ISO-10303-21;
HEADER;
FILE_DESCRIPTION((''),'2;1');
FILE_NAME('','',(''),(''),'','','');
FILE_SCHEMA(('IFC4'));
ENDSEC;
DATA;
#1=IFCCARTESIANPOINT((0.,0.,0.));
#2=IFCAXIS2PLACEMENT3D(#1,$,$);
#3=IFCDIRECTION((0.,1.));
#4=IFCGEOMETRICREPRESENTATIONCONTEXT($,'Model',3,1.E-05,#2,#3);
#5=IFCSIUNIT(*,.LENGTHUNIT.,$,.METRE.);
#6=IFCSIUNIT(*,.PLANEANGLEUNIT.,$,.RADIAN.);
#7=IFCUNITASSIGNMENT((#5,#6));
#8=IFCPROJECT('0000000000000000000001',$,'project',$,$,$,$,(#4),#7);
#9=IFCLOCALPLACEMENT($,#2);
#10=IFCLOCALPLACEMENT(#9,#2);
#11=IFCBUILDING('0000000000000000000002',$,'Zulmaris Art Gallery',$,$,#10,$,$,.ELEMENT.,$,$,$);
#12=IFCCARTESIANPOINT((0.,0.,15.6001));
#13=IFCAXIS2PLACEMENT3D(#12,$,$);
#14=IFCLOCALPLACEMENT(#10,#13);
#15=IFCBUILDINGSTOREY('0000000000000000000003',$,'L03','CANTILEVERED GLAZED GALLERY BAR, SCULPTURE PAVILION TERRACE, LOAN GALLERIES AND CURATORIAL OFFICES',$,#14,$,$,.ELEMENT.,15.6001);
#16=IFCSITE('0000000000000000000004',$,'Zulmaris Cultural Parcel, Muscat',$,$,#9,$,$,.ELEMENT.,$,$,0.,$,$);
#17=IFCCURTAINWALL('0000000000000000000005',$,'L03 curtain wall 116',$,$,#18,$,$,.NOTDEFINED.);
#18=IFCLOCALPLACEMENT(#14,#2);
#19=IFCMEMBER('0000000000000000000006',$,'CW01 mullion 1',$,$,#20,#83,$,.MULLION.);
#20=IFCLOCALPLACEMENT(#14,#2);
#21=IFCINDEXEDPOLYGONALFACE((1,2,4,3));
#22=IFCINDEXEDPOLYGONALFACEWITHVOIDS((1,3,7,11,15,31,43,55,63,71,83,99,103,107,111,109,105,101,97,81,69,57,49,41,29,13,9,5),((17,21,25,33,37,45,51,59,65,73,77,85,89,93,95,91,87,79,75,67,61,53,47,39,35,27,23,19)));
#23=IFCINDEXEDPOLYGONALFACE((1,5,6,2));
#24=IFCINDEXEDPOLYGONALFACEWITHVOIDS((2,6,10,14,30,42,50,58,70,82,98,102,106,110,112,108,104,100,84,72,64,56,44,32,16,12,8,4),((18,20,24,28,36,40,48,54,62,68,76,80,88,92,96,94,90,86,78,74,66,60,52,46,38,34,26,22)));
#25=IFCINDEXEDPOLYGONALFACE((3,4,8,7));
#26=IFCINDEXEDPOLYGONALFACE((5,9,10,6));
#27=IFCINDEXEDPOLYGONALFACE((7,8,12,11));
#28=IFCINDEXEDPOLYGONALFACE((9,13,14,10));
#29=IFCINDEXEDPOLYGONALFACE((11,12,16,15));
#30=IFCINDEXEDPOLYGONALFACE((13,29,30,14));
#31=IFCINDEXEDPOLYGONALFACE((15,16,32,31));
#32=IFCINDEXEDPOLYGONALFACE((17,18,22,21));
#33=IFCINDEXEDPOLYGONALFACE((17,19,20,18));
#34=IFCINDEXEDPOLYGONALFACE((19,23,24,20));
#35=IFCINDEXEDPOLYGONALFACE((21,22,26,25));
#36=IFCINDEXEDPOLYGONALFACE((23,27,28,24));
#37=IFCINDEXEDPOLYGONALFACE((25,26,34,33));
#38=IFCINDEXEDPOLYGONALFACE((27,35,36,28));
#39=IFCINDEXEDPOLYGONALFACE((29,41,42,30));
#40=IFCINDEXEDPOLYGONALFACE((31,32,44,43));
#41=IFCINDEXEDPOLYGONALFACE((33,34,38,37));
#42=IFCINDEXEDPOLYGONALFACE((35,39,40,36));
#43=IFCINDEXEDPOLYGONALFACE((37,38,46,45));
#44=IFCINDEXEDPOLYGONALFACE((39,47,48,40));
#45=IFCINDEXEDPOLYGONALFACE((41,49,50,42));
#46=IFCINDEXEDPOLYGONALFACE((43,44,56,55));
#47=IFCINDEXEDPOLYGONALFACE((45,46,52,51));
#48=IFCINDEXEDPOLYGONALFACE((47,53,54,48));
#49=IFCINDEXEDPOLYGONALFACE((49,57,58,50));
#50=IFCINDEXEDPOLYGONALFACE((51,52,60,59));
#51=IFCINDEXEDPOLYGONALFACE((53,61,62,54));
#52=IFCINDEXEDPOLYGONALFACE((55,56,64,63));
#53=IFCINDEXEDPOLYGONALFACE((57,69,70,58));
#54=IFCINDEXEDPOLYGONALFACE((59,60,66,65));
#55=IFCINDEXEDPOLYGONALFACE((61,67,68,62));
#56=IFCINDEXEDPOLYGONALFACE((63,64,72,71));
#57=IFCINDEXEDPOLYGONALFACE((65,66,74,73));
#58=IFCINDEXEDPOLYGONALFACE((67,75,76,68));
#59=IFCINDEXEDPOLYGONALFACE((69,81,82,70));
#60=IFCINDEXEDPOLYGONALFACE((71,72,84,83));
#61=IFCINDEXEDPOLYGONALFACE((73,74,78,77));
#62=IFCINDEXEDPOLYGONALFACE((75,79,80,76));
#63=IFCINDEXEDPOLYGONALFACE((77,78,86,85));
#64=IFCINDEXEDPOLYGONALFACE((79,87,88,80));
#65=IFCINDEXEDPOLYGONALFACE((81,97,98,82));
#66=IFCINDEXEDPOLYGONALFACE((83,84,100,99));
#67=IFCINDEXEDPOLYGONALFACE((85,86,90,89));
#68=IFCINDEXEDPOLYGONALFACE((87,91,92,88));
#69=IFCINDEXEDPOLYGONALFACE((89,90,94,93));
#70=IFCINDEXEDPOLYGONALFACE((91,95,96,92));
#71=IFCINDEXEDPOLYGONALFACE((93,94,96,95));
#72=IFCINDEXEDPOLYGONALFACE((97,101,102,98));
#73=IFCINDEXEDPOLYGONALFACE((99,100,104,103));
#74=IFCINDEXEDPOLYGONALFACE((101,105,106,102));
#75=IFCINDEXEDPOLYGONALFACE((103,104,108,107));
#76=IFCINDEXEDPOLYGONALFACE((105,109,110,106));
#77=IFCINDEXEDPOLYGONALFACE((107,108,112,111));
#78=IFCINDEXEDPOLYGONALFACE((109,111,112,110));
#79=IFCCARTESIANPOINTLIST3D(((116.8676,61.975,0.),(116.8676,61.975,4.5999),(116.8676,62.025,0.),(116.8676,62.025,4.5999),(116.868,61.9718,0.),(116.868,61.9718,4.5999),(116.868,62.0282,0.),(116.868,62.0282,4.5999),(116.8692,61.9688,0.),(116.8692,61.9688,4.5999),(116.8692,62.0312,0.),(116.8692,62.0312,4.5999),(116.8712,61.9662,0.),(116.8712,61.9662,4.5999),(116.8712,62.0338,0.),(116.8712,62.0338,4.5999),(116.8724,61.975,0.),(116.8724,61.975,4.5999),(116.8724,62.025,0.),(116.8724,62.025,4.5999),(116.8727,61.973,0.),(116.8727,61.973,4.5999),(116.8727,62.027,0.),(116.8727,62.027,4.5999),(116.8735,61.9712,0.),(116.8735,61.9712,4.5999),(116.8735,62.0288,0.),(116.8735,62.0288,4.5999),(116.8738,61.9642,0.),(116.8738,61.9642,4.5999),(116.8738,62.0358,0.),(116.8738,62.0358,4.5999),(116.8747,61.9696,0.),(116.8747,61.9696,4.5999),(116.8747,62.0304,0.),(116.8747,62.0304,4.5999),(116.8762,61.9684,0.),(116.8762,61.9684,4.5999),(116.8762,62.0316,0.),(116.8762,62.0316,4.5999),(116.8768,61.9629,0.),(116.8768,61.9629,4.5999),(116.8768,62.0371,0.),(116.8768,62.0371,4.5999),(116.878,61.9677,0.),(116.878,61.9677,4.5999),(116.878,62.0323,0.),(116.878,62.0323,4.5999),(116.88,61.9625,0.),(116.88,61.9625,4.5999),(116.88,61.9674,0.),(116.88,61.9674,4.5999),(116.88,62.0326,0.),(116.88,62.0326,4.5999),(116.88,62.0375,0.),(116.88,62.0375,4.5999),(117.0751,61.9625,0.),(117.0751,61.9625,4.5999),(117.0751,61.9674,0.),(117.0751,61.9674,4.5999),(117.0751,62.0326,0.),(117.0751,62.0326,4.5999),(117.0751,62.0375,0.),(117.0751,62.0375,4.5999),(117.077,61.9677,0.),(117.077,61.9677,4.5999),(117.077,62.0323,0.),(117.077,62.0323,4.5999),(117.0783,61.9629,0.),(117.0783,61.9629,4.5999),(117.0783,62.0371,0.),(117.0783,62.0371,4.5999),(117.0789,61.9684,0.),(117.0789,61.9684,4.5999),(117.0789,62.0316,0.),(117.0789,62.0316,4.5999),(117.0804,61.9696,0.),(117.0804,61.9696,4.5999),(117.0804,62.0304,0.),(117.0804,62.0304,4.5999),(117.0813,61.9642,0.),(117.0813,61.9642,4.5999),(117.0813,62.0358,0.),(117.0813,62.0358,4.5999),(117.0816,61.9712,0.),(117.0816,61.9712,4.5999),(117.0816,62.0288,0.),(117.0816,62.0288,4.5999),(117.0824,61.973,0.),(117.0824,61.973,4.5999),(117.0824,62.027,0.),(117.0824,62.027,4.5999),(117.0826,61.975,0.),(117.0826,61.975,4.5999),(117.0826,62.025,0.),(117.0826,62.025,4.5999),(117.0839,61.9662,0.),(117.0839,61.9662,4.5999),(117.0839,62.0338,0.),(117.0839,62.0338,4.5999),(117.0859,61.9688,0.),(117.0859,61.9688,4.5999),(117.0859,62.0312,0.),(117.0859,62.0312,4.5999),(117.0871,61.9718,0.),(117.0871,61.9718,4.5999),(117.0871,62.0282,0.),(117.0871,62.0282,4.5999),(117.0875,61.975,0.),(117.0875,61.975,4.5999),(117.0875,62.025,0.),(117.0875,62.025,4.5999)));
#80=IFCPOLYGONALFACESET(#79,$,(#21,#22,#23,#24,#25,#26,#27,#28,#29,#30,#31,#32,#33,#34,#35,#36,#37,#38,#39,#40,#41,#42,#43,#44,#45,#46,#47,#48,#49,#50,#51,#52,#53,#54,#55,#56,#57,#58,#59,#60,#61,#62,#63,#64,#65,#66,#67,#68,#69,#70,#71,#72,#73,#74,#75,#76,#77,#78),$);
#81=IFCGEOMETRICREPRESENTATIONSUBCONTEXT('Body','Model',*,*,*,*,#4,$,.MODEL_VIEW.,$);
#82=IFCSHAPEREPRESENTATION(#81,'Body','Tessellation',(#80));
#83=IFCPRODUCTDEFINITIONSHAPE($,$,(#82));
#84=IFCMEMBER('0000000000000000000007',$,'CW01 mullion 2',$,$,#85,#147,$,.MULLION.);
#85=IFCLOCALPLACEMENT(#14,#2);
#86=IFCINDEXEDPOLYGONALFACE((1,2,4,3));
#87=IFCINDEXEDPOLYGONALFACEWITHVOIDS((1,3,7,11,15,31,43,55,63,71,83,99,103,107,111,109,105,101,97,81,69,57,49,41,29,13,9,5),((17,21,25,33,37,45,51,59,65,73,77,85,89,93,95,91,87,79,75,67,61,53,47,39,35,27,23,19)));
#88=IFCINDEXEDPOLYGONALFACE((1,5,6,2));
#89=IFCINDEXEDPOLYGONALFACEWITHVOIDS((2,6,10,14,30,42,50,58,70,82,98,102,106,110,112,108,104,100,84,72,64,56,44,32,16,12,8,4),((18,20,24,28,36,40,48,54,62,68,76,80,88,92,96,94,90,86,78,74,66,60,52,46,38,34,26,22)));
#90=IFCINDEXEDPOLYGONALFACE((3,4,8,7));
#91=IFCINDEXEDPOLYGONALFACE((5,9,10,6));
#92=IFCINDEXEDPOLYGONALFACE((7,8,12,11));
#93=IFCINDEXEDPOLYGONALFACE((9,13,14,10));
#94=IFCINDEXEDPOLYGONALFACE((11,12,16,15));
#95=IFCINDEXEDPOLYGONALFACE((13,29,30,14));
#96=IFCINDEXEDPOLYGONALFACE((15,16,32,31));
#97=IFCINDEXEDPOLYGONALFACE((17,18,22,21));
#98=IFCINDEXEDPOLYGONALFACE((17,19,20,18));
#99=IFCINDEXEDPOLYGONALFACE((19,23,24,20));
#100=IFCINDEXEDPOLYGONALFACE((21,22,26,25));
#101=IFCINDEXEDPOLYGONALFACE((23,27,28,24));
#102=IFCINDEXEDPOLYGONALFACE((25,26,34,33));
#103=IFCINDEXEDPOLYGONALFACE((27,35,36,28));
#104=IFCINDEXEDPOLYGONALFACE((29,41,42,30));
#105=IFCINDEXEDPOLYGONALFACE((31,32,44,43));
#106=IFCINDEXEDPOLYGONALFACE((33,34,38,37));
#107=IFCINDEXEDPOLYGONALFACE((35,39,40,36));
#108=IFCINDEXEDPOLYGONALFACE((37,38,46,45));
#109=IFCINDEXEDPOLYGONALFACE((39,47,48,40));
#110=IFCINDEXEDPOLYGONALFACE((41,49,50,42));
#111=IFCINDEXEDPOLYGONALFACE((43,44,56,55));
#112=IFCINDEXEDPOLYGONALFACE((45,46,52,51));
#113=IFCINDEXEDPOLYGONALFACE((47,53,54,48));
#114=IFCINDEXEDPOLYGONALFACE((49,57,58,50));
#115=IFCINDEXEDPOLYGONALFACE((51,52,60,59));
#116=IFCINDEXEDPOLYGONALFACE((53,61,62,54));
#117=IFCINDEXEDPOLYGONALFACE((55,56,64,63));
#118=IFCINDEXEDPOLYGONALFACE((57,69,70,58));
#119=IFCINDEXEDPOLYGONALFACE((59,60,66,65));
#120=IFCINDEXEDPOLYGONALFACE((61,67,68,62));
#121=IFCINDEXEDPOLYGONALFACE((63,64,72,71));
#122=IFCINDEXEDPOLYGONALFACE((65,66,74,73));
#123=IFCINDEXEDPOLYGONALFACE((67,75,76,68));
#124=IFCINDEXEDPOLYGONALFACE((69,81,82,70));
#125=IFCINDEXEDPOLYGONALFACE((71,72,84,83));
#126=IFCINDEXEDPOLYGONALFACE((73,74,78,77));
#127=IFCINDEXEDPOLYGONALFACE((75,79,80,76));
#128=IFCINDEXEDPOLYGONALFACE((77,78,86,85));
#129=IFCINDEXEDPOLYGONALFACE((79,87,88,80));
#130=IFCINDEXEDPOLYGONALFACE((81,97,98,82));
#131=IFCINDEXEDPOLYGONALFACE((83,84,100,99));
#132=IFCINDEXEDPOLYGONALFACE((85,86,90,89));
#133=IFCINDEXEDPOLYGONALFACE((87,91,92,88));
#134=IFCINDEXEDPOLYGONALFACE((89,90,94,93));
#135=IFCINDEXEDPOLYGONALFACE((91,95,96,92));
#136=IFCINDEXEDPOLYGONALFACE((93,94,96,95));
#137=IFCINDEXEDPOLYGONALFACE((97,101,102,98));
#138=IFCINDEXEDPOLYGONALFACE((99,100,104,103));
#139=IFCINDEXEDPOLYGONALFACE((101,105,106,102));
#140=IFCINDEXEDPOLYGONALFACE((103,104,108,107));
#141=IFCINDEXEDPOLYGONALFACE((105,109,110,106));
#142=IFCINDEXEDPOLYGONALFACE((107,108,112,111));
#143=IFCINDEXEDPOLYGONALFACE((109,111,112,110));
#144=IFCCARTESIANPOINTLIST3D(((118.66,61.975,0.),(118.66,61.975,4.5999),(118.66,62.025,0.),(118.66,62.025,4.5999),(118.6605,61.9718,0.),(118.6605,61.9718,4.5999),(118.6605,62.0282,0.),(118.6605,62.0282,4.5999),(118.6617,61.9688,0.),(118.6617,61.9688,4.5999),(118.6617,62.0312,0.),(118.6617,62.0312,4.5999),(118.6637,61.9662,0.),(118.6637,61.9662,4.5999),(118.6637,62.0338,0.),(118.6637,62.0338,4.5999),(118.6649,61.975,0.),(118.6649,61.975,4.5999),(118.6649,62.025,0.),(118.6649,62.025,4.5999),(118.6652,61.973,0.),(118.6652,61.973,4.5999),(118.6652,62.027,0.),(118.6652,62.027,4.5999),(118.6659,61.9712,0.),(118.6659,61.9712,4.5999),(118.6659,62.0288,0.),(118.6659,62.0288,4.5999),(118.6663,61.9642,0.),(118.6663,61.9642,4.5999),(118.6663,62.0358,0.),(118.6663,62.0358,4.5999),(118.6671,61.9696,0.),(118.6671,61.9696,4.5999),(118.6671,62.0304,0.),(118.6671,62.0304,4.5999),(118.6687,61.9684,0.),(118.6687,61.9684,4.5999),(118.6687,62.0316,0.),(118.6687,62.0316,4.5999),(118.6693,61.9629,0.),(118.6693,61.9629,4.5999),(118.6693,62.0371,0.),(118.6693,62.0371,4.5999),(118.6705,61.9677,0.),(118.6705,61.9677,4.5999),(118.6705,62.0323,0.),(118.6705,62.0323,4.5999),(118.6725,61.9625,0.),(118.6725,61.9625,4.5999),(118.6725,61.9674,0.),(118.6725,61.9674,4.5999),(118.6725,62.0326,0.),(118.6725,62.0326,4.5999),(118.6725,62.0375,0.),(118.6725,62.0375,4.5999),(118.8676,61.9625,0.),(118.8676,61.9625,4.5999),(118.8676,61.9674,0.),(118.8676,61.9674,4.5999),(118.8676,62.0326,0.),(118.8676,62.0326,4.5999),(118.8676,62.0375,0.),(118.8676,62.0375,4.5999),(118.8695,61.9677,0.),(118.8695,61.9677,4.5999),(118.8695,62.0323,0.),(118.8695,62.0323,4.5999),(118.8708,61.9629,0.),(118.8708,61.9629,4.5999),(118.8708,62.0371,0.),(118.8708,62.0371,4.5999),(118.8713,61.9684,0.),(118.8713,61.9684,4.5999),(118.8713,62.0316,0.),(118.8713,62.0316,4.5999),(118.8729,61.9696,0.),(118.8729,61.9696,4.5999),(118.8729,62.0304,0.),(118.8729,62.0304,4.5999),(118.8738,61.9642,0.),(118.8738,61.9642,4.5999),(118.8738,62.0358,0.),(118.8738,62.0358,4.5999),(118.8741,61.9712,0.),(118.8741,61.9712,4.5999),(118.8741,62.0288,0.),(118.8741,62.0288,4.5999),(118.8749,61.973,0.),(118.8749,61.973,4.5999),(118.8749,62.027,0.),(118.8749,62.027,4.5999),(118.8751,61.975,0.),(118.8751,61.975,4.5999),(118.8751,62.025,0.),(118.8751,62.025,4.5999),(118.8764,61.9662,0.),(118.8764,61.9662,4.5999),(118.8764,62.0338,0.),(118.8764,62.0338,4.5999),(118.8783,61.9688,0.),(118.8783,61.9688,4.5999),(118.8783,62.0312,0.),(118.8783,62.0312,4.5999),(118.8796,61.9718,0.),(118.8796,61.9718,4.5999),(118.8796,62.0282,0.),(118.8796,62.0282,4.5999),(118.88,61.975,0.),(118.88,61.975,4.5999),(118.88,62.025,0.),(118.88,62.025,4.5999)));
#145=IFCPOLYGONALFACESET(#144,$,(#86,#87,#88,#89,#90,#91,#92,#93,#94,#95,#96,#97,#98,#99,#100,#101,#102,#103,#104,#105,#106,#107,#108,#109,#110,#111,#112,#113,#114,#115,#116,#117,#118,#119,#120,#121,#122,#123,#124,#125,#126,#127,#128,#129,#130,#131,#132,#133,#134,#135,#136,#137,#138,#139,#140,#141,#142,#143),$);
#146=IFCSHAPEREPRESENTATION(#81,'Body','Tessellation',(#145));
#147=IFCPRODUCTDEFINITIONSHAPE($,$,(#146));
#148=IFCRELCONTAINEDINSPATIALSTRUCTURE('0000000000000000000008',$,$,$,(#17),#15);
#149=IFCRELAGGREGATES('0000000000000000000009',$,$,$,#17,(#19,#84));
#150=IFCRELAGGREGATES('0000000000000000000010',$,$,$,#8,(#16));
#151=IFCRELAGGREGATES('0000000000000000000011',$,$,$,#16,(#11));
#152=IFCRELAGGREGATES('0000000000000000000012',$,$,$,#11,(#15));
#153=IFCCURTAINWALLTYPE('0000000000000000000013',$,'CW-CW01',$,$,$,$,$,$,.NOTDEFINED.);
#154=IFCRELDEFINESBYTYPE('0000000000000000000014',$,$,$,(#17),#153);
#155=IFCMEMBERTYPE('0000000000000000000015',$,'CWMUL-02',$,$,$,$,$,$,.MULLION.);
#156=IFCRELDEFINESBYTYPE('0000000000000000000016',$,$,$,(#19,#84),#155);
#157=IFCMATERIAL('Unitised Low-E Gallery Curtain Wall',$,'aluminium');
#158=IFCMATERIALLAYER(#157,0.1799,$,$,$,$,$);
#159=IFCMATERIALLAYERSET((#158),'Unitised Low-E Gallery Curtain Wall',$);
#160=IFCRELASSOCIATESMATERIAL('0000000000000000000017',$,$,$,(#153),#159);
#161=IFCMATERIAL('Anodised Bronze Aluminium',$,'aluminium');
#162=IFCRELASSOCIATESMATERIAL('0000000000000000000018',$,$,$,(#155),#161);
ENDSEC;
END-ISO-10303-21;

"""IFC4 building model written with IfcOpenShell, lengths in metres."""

from ifc_helpers import new_model, si_unit, direction, frame, origin, origin_2d, place, context, subcontext, project, spatial, hollow_rectangle, extrude, material, layer, layer_set, material_profile, profile_set, type_object, element, aggregate, save


model = new_model("IFC4")

# Units and contexts
model_context = context("Model", 3, precision=1e-05, world=origin(), true_north=direction((0.0, 1.0)))
body_context = subcontext(model_context, "Body", "Model", "MODEL_VIEW")
ifc_project = project(units=[si_unit("LENGTHUNIT", "METRE"), si_unit("PLANEANGLEUNIT", "RADIAN")], contexts=[model_context])

# Site, building, storey
site_placement = place(None, origin())
site = spatial("IfcSite", under=ifc_project, at=site_placement, Name="Zulmaris Cultural Parcel, Muscat", CompositionType="ELEMENT", RefElevation=0.0)
building_placement = place(site_placement, origin())
building = spatial("IfcBuilding", under=site, at=building_placement, Name="Zulmaris Art Gallery", CompositionType="ELEMENT")
storey_placement = place(building_placement, frame((0.0, 0.0, 15.6001)))
storey = spatial("IfcBuildingStorey", under=building, at=storey_placement, Name="L03", Description="CANTILEVERED GLAZED GALLERY BAR, SCULPTURE PAVILION TERRACE, LOAN GALLERIES AND CURATORIAL OFFICES", CompositionType="ELEMENT", Elevation=15.6001)

# Curtain wall, members
ifc_material_1 = material(Name="Unitised Low-E Gallery Curtain Wall", Category="aluminium")
ifc_layer_1 = layer(ifc_material_1, 0.1799)
ifc_layer_set_1 = layer_set([ifc_layer_1], Name="Unitised Low-E Gallery Curtain Wall")
curtain_wall_type = type_object("IfcCurtainWallType", Name="CW-CW01", PredefinedType="NOTDEFINED", material=ifc_layer_set_1)
ifc_material_2 = material(Name="Anodised Bronze Aluminium", Category="aluminium")
ifc_material_profile_1 = material_profile(ifc_material_2, hollow_rectangle(XDim=0.075, YDim=0.22, WallThickness=0.0049, InnerFilletRadius=0.0076, OuterFilletRadius=0.0125, at=origin_2d()), Name="ALU 75x220x5")
ifc_profile_set_1 = profile_set([ifc_material_profile_1], Name="Anodised Bronze Aluminium")
member_type_1 = type_object("IfcMemberType", Name="CWMUL-02", PredefinedType="MULLION", material=ifc_profile_set_1)
curtain_wall_1_placement = place(storey_placement, origin())
curtain_wall_1 = element("IfcCurtainWall", 1, at=curtain_wall_1_placement, inside=storey, type_object=curtain_wall_type, Name="L03 curtain wall 116", PredefinedType="NOTDEFINED")
member_1_placement = place(storey_placement, frame((116.9775, 62.0, 0.0), z_axis=(0.0, 0.0, 1.0), x_axis=(0.0, 1.0, 0.0)))
member_1 = element("IfcMember", 2, at=member_1_placement, type_object=member_type_1, Name="CW01 mullion 1", PredefinedType="MULLION", context=body_context, shape_type="SweptSolid", body=[
    extrude(hollow_rectangle(XDim=0.075, YDim=0.22, WallThickness=0.0049, InnerFilletRadius=0.0076, OuterFilletRadius=0.0125, at=origin_2d()), origin(), (0.0, 0.0, 1.0), 4.5999),
])
member_2_placement = place(storey_placement, frame((118.77, 62.0, 0.0), z_axis=(0.0, 0.0, 1.0), x_axis=(0.0, 1.0, 0.0)))
member_2 = element("IfcMember", 3, at=member_2_placement, type_object=member_type_1, Name="CW01 mullion 2", PredefinedType="MULLION", context=body_context, shape_type="SweptSolid", body=[
    extrude(hollow_rectangle(XDim=0.075, YDim=0.22, WallThickness=0.0049, InnerFilletRadius=0.0076, OuterFilletRadius=0.0125, at=origin_2d()), origin(), (0.0, 0.0, 1.0), 4.5999),
])

aggregate(curtain_wall_1, [member_1, member_2])

save(model, "model.ifc")
